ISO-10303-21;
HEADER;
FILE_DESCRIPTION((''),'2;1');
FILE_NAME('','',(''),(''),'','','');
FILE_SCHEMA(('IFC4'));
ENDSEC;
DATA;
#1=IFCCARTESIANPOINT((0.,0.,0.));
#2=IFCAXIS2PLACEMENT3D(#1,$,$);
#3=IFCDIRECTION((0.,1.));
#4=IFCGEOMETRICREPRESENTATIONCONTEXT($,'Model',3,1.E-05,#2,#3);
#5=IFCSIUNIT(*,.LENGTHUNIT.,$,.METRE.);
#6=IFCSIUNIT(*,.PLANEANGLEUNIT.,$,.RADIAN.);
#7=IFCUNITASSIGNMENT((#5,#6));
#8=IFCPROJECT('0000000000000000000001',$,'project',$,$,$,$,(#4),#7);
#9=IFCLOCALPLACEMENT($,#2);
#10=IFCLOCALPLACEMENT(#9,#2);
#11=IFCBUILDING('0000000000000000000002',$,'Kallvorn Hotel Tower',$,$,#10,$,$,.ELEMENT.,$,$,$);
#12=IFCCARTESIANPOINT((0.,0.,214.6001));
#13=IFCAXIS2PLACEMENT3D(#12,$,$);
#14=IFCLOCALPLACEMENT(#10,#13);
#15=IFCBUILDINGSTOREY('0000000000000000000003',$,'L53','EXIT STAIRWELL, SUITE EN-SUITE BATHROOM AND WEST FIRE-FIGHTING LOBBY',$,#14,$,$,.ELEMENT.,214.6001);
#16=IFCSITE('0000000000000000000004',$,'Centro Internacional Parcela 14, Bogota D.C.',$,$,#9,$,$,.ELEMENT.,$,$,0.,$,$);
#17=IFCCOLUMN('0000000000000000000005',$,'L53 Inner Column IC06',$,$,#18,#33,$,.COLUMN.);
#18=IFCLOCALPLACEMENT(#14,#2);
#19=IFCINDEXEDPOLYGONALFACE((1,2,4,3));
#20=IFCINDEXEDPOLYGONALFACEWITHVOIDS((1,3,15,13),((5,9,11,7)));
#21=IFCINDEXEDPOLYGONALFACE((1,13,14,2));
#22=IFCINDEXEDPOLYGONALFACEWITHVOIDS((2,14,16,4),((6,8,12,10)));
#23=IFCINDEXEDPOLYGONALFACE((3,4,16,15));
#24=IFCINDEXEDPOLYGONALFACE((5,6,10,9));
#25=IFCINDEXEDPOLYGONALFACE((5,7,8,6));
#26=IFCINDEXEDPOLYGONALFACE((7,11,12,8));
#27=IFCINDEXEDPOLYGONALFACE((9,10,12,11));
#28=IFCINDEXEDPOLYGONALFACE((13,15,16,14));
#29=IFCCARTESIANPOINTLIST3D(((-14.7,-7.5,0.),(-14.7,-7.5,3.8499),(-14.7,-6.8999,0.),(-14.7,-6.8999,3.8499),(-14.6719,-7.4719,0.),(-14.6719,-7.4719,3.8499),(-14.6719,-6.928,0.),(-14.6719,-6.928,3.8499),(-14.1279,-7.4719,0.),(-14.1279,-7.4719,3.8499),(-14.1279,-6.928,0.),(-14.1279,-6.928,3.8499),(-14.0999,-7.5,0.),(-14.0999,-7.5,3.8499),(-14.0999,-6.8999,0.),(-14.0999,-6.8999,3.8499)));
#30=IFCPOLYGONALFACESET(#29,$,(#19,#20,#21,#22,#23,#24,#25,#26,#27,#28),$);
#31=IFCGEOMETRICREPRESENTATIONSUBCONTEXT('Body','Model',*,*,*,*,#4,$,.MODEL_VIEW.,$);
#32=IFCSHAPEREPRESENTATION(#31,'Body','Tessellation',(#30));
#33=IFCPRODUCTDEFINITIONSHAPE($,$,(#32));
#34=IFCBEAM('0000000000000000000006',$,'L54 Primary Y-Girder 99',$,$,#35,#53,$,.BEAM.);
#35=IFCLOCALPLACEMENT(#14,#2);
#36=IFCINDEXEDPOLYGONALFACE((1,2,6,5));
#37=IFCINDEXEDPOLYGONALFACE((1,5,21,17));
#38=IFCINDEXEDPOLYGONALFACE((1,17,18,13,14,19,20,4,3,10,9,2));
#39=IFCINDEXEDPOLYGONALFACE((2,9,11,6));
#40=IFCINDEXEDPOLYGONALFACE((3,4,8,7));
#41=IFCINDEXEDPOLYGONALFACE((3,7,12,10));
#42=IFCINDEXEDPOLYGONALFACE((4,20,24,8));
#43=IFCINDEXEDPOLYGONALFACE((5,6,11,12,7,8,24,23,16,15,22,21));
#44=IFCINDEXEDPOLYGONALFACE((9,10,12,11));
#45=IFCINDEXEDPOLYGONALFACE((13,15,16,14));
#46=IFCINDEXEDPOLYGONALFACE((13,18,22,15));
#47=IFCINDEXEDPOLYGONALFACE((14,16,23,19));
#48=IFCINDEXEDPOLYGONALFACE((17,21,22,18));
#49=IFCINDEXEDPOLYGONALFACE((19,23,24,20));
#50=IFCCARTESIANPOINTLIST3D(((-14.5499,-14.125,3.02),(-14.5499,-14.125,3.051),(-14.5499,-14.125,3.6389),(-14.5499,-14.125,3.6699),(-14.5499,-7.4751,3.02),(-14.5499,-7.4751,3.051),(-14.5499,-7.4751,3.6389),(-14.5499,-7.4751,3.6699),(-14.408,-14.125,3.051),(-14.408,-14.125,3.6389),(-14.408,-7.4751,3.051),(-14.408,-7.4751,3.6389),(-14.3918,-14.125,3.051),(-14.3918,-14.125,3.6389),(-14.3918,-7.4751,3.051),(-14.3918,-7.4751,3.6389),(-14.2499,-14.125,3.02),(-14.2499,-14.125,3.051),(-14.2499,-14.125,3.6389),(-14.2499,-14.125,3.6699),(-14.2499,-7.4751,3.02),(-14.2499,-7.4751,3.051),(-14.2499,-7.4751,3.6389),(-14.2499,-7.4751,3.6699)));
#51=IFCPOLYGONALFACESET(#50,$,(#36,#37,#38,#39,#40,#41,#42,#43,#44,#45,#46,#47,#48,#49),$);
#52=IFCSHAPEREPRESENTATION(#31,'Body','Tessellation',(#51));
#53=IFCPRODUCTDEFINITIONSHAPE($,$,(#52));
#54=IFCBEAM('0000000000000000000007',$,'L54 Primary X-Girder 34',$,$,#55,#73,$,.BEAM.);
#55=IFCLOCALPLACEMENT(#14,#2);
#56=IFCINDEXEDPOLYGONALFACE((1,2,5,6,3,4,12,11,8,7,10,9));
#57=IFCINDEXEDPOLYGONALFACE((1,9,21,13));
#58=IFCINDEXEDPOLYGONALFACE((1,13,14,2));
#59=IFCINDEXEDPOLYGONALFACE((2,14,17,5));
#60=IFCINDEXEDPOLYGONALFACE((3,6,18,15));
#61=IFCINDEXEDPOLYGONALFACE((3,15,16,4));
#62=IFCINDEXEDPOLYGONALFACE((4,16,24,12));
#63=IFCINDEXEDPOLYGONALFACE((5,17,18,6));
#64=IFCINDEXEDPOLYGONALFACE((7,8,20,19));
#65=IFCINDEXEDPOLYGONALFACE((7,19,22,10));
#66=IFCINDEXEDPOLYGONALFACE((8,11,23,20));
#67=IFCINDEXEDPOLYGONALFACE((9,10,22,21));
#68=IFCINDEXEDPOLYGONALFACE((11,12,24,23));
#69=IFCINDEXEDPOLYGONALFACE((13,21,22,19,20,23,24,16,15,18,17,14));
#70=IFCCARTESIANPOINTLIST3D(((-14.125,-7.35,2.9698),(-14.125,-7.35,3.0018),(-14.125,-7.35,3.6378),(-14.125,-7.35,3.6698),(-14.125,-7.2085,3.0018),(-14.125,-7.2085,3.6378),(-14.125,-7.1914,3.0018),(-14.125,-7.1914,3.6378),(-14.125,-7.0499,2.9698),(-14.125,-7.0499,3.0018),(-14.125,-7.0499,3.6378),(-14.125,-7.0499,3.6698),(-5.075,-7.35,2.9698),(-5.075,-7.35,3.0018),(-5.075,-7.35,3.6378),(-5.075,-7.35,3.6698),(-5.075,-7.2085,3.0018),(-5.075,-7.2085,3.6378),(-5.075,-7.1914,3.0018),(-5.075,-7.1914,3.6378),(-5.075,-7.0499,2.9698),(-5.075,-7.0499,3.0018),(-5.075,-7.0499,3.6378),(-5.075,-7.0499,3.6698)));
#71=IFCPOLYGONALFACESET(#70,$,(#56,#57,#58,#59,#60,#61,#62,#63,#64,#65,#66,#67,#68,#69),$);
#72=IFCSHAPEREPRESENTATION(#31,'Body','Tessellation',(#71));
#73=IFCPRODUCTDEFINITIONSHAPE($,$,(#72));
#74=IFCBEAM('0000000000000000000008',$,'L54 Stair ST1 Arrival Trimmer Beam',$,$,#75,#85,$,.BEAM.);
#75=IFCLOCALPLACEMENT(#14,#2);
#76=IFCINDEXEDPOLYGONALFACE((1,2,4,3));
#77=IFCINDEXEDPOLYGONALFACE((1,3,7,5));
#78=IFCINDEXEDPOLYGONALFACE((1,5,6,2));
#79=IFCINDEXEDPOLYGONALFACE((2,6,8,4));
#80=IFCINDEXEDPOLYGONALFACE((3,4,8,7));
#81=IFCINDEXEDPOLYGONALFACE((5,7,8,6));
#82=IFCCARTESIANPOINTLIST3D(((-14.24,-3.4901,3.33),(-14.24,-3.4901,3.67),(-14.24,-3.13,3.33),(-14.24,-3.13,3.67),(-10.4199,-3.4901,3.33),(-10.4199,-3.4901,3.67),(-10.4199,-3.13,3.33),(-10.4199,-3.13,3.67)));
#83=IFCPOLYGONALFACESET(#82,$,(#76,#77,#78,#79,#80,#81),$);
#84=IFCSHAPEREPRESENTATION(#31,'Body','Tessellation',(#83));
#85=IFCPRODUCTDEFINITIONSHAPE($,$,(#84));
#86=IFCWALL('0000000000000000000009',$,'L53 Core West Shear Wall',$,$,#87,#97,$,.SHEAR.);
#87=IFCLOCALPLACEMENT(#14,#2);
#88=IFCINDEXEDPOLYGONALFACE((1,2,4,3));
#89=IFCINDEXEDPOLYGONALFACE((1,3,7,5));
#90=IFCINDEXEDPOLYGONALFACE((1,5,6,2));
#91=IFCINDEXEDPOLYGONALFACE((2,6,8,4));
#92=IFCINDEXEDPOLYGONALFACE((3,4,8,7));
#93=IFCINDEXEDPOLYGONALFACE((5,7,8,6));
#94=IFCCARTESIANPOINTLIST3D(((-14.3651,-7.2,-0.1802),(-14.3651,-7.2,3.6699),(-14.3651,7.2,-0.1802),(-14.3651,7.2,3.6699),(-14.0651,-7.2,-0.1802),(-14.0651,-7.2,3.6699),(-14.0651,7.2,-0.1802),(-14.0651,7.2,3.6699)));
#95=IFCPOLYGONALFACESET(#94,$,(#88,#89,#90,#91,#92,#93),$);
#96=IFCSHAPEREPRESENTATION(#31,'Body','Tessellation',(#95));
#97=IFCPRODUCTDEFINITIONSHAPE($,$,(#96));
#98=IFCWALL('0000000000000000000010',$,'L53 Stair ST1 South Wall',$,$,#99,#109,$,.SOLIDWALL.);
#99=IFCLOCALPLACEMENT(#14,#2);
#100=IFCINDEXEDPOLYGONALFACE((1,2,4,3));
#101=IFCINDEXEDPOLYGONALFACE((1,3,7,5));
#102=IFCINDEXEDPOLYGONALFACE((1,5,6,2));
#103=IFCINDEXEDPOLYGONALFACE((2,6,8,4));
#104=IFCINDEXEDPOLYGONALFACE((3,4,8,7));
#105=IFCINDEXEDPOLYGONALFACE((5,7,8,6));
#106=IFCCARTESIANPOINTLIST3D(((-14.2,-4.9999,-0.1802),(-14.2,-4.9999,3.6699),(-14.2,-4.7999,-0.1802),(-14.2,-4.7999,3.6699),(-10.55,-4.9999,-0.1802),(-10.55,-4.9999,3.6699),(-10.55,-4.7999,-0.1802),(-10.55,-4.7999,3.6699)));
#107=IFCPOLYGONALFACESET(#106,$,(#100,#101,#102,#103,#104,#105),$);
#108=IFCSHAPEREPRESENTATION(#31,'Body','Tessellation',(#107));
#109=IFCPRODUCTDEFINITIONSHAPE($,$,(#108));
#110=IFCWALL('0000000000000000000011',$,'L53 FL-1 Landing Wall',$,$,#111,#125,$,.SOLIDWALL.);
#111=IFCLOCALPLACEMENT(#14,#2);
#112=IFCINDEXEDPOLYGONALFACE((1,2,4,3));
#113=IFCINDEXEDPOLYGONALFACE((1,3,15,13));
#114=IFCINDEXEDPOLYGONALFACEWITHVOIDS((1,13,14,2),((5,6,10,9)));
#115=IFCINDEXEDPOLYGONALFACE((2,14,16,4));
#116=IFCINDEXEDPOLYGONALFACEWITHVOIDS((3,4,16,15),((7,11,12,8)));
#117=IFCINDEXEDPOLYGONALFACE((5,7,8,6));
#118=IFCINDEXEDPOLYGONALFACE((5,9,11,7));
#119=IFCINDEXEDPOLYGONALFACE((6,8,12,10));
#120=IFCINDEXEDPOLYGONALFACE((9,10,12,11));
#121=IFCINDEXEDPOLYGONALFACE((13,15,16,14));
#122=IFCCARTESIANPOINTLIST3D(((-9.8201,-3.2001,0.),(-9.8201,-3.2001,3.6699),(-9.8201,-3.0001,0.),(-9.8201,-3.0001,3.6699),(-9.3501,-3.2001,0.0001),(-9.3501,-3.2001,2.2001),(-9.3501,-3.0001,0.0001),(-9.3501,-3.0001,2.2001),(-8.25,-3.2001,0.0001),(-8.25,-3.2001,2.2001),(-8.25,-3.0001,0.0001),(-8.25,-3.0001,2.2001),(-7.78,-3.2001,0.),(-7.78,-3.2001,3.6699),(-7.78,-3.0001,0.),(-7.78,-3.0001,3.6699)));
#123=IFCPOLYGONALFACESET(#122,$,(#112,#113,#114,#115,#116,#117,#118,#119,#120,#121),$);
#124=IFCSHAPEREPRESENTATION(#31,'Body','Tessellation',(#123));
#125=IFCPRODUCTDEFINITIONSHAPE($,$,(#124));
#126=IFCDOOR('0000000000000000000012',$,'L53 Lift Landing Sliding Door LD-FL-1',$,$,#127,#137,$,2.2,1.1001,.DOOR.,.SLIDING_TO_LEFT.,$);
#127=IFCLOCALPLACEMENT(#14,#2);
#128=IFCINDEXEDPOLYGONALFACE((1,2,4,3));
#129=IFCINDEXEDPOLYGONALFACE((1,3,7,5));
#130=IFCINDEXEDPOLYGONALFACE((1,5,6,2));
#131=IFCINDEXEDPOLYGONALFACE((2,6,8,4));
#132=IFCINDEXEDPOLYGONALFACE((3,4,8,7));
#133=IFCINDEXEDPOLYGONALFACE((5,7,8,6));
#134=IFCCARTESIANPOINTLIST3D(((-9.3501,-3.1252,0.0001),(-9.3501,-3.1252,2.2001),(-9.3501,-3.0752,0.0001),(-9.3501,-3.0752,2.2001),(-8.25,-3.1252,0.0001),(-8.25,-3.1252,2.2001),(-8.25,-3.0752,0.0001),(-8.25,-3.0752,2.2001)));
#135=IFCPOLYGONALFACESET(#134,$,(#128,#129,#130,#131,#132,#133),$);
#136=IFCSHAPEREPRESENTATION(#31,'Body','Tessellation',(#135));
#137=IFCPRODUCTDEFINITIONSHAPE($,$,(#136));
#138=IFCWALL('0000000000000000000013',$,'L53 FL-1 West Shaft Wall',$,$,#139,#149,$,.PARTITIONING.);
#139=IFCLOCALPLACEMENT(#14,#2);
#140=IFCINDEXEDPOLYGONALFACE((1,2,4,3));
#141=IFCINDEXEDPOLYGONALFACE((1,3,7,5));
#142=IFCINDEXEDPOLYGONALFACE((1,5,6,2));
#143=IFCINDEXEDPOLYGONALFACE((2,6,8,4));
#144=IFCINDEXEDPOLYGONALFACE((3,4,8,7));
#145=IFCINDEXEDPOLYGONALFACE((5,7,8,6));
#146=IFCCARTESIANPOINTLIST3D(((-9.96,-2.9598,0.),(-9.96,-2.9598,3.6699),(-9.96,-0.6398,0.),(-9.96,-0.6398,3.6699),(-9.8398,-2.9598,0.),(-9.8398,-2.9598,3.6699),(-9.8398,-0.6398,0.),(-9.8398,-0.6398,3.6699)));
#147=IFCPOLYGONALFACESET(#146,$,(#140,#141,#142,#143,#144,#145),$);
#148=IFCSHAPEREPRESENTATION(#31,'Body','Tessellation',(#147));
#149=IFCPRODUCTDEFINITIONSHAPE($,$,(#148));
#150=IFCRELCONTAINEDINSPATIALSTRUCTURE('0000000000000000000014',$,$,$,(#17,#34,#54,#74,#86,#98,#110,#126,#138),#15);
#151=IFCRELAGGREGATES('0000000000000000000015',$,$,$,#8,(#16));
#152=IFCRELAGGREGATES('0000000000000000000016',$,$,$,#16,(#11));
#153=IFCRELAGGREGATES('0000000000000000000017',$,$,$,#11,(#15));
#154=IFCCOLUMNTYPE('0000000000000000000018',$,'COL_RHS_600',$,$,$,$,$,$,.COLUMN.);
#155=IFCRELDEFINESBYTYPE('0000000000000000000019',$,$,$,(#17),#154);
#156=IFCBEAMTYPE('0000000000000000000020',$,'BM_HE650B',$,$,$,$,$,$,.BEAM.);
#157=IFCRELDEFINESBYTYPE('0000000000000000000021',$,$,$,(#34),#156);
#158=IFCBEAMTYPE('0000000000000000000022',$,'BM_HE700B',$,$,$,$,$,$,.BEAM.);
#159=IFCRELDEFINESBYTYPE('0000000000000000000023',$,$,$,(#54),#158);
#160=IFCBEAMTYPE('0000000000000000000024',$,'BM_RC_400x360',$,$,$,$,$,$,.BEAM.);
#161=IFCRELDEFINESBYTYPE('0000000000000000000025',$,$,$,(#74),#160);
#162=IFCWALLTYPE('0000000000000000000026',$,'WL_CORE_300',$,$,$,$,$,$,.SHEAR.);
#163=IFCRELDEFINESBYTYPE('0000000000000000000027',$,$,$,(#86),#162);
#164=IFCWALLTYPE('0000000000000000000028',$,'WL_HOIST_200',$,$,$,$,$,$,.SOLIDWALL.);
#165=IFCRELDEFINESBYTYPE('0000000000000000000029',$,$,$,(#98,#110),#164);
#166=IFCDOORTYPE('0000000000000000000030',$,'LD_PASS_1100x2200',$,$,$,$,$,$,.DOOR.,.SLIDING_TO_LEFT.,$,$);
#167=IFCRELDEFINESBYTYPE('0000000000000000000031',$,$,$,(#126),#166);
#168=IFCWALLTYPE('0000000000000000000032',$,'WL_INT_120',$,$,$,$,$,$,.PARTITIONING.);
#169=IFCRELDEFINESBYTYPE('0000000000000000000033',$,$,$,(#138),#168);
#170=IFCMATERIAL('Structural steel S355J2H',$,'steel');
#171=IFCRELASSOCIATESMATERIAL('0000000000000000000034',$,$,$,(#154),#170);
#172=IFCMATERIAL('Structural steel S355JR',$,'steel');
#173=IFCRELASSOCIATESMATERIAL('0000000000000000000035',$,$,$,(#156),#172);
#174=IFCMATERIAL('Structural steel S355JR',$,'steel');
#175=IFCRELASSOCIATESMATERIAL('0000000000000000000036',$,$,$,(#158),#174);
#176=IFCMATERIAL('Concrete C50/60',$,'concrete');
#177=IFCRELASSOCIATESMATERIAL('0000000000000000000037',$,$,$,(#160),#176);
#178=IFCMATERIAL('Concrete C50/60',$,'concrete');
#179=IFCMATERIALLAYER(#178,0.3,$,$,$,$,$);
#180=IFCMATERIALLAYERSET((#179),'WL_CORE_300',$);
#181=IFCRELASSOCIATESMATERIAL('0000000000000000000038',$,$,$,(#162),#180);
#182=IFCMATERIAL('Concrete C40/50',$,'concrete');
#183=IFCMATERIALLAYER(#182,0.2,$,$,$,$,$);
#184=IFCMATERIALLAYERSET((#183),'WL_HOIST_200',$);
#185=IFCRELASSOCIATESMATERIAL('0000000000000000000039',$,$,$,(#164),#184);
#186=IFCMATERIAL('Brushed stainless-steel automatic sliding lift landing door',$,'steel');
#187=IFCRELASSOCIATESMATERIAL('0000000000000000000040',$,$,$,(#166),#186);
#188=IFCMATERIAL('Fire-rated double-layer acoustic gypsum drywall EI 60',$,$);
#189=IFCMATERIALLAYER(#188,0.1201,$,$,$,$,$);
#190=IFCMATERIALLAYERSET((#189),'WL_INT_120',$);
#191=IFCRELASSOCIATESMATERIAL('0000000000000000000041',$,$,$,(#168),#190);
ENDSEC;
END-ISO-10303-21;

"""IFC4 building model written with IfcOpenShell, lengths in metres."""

from ifc_helpers import new_model, si_unit, direction, frame, frame_2d, origin, origin_2d, place, context, subcontext, project, spatial, rectangle, hollow_rectangle, i_section, extrude, material, layer, layer_set, material_profile, profile_set, type_object, element, fill, save


model = new_model("IFC4")

# Units and contexts
model_context = context("Model", 3, precision=1e-05, world=origin(), true_north=direction((0.0, 1.0)))
body_context = subcontext(model_context, "Body", "Model", "MODEL_VIEW")
ifc_project = project(units=[si_unit("LENGTHUNIT", "METRE"), si_unit("PLANEANGLEUNIT", "RADIAN")], contexts=[model_context])

# Site, building, storey
site_placement = place(None, origin())
site = spatial("IfcSite", under=ifc_project, at=site_placement, Name="Centro Internacional Parcela 14, Bogota D.C.", CompositionType="ELEMENT", RefElevation=0.0)
building_placement = place(site_placement, origin())
building = spatial("IfcBuilding", under=site, at=building_placement, Name="Kallvorn Hotel Tower", CompositionType="ELEMENT")
storey_placement = place(building_placement, frame((0.0, 0.0, 214.6001)))
storey = spatial("IfcBuildingStorey", under=building, at=storey_placement, Name="L53", Description="EXIT STAIRWELL, SUITE EN-SUITE BATHROOM AND WEST FIRE-FIGHTING LOBBY", CompositionType="ELEMENT", Elevation=214.6001)

# Column
ifc_material_1 = material(Name="Structural steel S355J2H", Category="steel")
ifc_material_profile_1 = material_profile(ifc_material_1, hollow_rectangle(XDim=0.6001, YDim=0.6001, WallThickness=0.0281, at=origin_2d()), Name="RHS 600x600x28")
ifc_profile_set_1 = profile_set([ifc_material_profile_1], Name="Structural steel S355J2H")
column_type = type_object("IfcColumnType", Name="COL_RHS_600", PredefinedType="COLUMN", material=ifc_profile_set_1)
column_placement = place(storey_placement, frame((-14.3999, -7.2, 0.0), z_axis=(0.0, 0.0, 1.0), x_axis=(1.0, 0.0, 0.0)))
element("IfcColumn", 1, at=column_placement, inside=storey, type_object=column_type, Name="L53 Inner Column IC06", PredefinedType="COLUMN", context=body_context, shape_type="SweptSolid", body=[
    extrude(hollow_rectangle(XDim=0.6001, YDim=0.6001, WallThickness=0.0281, at=origin_2d()), origin(), (0.0, 0.0, 1.0), 3.8499),
])

# Beams
ifc_material_2 = material(Name="Structural steel S355JR", Category="steel")
ifc_material_profile_2 = material_profile(ifc_material_2, i_section(OverallWidth=0.3, OverallDepth=0.6499, WebThickness=0.0161, FlangeThickness=0.031, at=origin_2d()), Name="HE 650 B")
ifc_profile_set_2 = profile_set([ifc_material_profile_2], Name="Structural steel S355JR")
beam_type_1 = type_object("IfcBeamType", Name="BM_HE650B", PredefinedType="BEAM", material=ifc_profile_set_2)
beam_1_placement = place(storey_placement, frame((-14.3999, -14.125, 3.345), z_axis=(0.0, 1.0, 0.0), x_axis=(-1.0, 0.0, 0.0)))
element("IfcBeam", 2, at=beam_1_placement, inside=storey, type_object=beam_type_1, Name="L54 Primary Y-Girder 99", PredefinedType="BEAM", context=body_context, shape_type="SweptSolid", body=[
    extrude(i_section(OverallWidth=0.3, OverallDepth=0.6499, WebThickness=0.0161, FlangeThickness=0.031, at=origin_2d()), origin(), (0.0, 0.0, 1.0), 6.6499),
])
ifc_material_3 = material(Name="Structural steel S355JR", Category="steel")
ifc_material_profile_3 = material_profile(ifc_material_3, i_section(OverallWidth=0.3, OverallDepth=0.7, WebThickness=0.0171, FlangeThickness=0.032, at=origin_2d()), Name="HE 700 B")
ifc_profile_set_3 = profile_set([ifc_material_profile_3], Name="Structural steel S355JR")
beam_type_2 = type_object("IfcBeamType", Name="BM_HE700B", PredefinedType="BEAM", material=ifc_profile_set_3)
beam_2_placement = place(storey_placement, frame((-14.125, -7.2, 3.3198), z_axis=(1.0, 0.0, 0.0), x_axis=(0.0, 1.0, 0.0)))
element("IfcBeam", 3, at=beam_2_placement, inside=storey, type_object=beam_type_2, Name="L54 Primary X-Girder 34", PredefinedType="BEAM", context=body_context, shape_type="SweptSolid", body=[
    extrude(i_section(OverallWidth=0.3, OverallDepth=0.7, WebThickness=0.0171, FlangeThickness=0.032, at=origin_2d()), origin(), (0.0, 0.0, 1.0), 9.05),
])
ifc_material_4 = material(Name="Concrete C50/60", Category="concrete")
ifc_material_profile_4 = material_profile(ifc_material_4, rectangle(XDim=0.3601, YDim=0.3401, at=origin_2d()), Name="RC 360x340")
ifc_profile_set_4 = profile_set([ifc_material_profile_4], Name="Concrete C50/60")
beam_type_3 = type_object("IfcBeamType", Name="BM_RC_400x360", PredefinedType="BEAM", material=ifc_profile_set_4)
beam_3_placement = place(storey_placement, frame((-10.4199, -3.3101, 3.5), z_axis=(-1.0, 0.0, 0.0), x_axis=(0.0, -1.0, 0.0)))
element("IfcBeam", 4, at=beam_3_placement, inside=storey, type_object=beam_type_3, Name="L54 Stair ST1 Arrival Trimmer Beam", PredefinedType="BEAM", context=body_context, shape_type="SweptSolid", body=[
    extrude(rectangle(XDim=0.3601, YDim=0.3401, at=origin_2d()), origin(), (0.0, 0.0, 1.0), 3.8201),
])

# Walls
ifc_material_5 = material(Name="Concrete C50/60", Category="concrete")
ifc_layer_1 = layer(ifc_material_5, 0.3)
ifc_layer_set_1 = layer_set([ifc_layer_1], Name="WL_CORE_300")
wall_type_1 = type_object("IfcWallType", Name="WL_CORE_300", PredefinedType="SHEAR", material=ifc_layer_set_1)
wall_1_placement = place(storey_placement, frame((-14.2151, -7.2, -0.1802), z_axis=(0.0, 0.0, 1.0), x_axis=(0.0, 1.0, 0.0)))
element("IfcWall", 5, at=wall_1_placement, inside=storey, type_object=wall_type_1, Name="L53 Core West Shear Wall", PredefinedType="SHEAR", context=body_context, shape_type="SweptSolid", body=[
    extrude(rectangle(XDim=14.3999, YDim=0.3, at=frame_2d((7.2, 0.0))), origin(), (0.0, 0.0, 1.0), 3.8501),
])
ifc_material_6 = material(Name="Concrete C40/50", Category="concrete")
ifc_layer_2 = layer(ifc_material_6, 0.2)
ifc_layer_set_2 = layer_set([ifc_layer_2], Name="WL_HOIST_200")
wall_type_2 = type_object("IfcWallType", Name="WL_HOIST_200", PredefinedType="SOLIDWALL", material=ifc_layer_set_2)
wall_2_placement = place(storey_placement, frame((-14.2, -4.8999, -0.1802), z_axis=(0.0, 0.0, 1.0), x_axis=(1.0, 0.0, 0.0)))
element("IfcWall", 6, at=wall_2_placement, inside=storey, type_object=wall_type_2, Name="L53 Stair ST1 South Wall", PredefinedType="SOLIDWALL", context=body_context, shape_type="SweptSolid", body=[
    extrude(rectangle(XDim=3.6499, YDim=0.2, at=frame_2d((1.825, 0.0))), origin(), (0.0, 0.0, 1.0), 3.8501),
])

# Wall, opening, door
wall_3_placement = place(storey_placement, frame((-9.8201, -3.1001, 0.0), z_axis=(0.0, 0.0, 1.0), x_axis=(1.0, 0.0, 0.0)))
wall_3 = element("IfcWall", 7, at=wall_3_placement, inside=storey, type_object=wall_type_2, Name="L53 FL-1 Landing Wall", PredefinedType="SOLIDWALL", context=body_context, shape_type="SweptSolid", body=[
    extrude(rectangle(XDim=2.04, YDim=0.2, at=frame_2d((1.02, 0.0))), origin(), (0.0, 0.0, 1.0), 3.6699),
])
opening_1_placement = place(wall_3_placement, frame((0.47, 0.0, 0.0)))
opening_1 = element("IfcOpeningElement", 8, at=opening_1_placement, cuts=wall_3, PredefinedType="OPENING", context=body_context, shape_type="SweptSolid", body=[
    extrude(rectangle(XDim=1.1001, YDim=2.2, at=frame_2d((0.55, 1.1001))), frame((0.0, 0.115, 0.0), z_axis=(0.0, -1.0, 0.0), x_axis=(1.0, 0.0, 0.0)), (0.0, 0.0, 1.0), 0.23),
])
ifc_material_7 = material(Name="Brushed stainless-steel automatic sliding lift landing door", Category="steel")
door_type_1 = type_object("IfcDoorType", Name="LD_PASS_1100x2200", OperationType="SLIDING_TO_LEFT", PredefinedType="DOOR", material=ifc_material_7)
door_1_placement = place(opening_1_placement, origin())
door_1 = element("IfcDoor", 9, at=door_1_placement, inside=storey, type_object=door_type_1, Name="L53 Lift Landing Sliding Door LD-FL-1", OperationType="SLIDING_TO_LEFT", OverallHeight=2.2, OverallWidth=1.1001, PredefinedType="DOOR", context=body_context, shape_type="SweptSolid", body=[
    extrude(rectangle(XDim=1.1001, YDim=2.2, at=frame_2d((0.55, 1.1001))), frame((0.0, 0.0249, 0.0), z_axis=(0.0, -1.0, 0.0), x_axis=(1.0, 0.0, 0.0)), (0.0, 0.0, 1.0), 0.05),
])
fill(opening_1, door_1)

# Wall
ifc_material_8 = material(Name="Fire-rated double-layer acoustic gypsum drywall EI 60")
ifc_layer_3 = layer(ifc_material_8, 0.1201)
ifc_layer_set_3 = layer_set([ifc_layer_3], Name="WL_INT_120")
wall_type_3 = type_object("IfcWallType", Name="WL_INT_120", PredefinedType="PARTITIONING", material=ifc_layer_set_3)
wall_4_placement = place(storey_placement, frame((-9.8999, -2.96, 0.0), z_axis=(0.0, 0.0, 1.0), x_axis=(0.0, 1.0, 0.0)))
element("IfcWall", 10, at=wall_4_placement, inside=storey, type_object=wall_type_3, Name="L53 FL-1 West Shaft Wall", PredefinedType="PARTITIONING", context=body_context, shape_type="SweptSolid", body=[
    extrude(rectangle(XDim=2.3201, YDim=0.1201, at=frame_2d((1.1602, 0.0))), origin(), (0.0, 0.0, 1.0), 3.6699),
])

save(model, "model.ifc")
